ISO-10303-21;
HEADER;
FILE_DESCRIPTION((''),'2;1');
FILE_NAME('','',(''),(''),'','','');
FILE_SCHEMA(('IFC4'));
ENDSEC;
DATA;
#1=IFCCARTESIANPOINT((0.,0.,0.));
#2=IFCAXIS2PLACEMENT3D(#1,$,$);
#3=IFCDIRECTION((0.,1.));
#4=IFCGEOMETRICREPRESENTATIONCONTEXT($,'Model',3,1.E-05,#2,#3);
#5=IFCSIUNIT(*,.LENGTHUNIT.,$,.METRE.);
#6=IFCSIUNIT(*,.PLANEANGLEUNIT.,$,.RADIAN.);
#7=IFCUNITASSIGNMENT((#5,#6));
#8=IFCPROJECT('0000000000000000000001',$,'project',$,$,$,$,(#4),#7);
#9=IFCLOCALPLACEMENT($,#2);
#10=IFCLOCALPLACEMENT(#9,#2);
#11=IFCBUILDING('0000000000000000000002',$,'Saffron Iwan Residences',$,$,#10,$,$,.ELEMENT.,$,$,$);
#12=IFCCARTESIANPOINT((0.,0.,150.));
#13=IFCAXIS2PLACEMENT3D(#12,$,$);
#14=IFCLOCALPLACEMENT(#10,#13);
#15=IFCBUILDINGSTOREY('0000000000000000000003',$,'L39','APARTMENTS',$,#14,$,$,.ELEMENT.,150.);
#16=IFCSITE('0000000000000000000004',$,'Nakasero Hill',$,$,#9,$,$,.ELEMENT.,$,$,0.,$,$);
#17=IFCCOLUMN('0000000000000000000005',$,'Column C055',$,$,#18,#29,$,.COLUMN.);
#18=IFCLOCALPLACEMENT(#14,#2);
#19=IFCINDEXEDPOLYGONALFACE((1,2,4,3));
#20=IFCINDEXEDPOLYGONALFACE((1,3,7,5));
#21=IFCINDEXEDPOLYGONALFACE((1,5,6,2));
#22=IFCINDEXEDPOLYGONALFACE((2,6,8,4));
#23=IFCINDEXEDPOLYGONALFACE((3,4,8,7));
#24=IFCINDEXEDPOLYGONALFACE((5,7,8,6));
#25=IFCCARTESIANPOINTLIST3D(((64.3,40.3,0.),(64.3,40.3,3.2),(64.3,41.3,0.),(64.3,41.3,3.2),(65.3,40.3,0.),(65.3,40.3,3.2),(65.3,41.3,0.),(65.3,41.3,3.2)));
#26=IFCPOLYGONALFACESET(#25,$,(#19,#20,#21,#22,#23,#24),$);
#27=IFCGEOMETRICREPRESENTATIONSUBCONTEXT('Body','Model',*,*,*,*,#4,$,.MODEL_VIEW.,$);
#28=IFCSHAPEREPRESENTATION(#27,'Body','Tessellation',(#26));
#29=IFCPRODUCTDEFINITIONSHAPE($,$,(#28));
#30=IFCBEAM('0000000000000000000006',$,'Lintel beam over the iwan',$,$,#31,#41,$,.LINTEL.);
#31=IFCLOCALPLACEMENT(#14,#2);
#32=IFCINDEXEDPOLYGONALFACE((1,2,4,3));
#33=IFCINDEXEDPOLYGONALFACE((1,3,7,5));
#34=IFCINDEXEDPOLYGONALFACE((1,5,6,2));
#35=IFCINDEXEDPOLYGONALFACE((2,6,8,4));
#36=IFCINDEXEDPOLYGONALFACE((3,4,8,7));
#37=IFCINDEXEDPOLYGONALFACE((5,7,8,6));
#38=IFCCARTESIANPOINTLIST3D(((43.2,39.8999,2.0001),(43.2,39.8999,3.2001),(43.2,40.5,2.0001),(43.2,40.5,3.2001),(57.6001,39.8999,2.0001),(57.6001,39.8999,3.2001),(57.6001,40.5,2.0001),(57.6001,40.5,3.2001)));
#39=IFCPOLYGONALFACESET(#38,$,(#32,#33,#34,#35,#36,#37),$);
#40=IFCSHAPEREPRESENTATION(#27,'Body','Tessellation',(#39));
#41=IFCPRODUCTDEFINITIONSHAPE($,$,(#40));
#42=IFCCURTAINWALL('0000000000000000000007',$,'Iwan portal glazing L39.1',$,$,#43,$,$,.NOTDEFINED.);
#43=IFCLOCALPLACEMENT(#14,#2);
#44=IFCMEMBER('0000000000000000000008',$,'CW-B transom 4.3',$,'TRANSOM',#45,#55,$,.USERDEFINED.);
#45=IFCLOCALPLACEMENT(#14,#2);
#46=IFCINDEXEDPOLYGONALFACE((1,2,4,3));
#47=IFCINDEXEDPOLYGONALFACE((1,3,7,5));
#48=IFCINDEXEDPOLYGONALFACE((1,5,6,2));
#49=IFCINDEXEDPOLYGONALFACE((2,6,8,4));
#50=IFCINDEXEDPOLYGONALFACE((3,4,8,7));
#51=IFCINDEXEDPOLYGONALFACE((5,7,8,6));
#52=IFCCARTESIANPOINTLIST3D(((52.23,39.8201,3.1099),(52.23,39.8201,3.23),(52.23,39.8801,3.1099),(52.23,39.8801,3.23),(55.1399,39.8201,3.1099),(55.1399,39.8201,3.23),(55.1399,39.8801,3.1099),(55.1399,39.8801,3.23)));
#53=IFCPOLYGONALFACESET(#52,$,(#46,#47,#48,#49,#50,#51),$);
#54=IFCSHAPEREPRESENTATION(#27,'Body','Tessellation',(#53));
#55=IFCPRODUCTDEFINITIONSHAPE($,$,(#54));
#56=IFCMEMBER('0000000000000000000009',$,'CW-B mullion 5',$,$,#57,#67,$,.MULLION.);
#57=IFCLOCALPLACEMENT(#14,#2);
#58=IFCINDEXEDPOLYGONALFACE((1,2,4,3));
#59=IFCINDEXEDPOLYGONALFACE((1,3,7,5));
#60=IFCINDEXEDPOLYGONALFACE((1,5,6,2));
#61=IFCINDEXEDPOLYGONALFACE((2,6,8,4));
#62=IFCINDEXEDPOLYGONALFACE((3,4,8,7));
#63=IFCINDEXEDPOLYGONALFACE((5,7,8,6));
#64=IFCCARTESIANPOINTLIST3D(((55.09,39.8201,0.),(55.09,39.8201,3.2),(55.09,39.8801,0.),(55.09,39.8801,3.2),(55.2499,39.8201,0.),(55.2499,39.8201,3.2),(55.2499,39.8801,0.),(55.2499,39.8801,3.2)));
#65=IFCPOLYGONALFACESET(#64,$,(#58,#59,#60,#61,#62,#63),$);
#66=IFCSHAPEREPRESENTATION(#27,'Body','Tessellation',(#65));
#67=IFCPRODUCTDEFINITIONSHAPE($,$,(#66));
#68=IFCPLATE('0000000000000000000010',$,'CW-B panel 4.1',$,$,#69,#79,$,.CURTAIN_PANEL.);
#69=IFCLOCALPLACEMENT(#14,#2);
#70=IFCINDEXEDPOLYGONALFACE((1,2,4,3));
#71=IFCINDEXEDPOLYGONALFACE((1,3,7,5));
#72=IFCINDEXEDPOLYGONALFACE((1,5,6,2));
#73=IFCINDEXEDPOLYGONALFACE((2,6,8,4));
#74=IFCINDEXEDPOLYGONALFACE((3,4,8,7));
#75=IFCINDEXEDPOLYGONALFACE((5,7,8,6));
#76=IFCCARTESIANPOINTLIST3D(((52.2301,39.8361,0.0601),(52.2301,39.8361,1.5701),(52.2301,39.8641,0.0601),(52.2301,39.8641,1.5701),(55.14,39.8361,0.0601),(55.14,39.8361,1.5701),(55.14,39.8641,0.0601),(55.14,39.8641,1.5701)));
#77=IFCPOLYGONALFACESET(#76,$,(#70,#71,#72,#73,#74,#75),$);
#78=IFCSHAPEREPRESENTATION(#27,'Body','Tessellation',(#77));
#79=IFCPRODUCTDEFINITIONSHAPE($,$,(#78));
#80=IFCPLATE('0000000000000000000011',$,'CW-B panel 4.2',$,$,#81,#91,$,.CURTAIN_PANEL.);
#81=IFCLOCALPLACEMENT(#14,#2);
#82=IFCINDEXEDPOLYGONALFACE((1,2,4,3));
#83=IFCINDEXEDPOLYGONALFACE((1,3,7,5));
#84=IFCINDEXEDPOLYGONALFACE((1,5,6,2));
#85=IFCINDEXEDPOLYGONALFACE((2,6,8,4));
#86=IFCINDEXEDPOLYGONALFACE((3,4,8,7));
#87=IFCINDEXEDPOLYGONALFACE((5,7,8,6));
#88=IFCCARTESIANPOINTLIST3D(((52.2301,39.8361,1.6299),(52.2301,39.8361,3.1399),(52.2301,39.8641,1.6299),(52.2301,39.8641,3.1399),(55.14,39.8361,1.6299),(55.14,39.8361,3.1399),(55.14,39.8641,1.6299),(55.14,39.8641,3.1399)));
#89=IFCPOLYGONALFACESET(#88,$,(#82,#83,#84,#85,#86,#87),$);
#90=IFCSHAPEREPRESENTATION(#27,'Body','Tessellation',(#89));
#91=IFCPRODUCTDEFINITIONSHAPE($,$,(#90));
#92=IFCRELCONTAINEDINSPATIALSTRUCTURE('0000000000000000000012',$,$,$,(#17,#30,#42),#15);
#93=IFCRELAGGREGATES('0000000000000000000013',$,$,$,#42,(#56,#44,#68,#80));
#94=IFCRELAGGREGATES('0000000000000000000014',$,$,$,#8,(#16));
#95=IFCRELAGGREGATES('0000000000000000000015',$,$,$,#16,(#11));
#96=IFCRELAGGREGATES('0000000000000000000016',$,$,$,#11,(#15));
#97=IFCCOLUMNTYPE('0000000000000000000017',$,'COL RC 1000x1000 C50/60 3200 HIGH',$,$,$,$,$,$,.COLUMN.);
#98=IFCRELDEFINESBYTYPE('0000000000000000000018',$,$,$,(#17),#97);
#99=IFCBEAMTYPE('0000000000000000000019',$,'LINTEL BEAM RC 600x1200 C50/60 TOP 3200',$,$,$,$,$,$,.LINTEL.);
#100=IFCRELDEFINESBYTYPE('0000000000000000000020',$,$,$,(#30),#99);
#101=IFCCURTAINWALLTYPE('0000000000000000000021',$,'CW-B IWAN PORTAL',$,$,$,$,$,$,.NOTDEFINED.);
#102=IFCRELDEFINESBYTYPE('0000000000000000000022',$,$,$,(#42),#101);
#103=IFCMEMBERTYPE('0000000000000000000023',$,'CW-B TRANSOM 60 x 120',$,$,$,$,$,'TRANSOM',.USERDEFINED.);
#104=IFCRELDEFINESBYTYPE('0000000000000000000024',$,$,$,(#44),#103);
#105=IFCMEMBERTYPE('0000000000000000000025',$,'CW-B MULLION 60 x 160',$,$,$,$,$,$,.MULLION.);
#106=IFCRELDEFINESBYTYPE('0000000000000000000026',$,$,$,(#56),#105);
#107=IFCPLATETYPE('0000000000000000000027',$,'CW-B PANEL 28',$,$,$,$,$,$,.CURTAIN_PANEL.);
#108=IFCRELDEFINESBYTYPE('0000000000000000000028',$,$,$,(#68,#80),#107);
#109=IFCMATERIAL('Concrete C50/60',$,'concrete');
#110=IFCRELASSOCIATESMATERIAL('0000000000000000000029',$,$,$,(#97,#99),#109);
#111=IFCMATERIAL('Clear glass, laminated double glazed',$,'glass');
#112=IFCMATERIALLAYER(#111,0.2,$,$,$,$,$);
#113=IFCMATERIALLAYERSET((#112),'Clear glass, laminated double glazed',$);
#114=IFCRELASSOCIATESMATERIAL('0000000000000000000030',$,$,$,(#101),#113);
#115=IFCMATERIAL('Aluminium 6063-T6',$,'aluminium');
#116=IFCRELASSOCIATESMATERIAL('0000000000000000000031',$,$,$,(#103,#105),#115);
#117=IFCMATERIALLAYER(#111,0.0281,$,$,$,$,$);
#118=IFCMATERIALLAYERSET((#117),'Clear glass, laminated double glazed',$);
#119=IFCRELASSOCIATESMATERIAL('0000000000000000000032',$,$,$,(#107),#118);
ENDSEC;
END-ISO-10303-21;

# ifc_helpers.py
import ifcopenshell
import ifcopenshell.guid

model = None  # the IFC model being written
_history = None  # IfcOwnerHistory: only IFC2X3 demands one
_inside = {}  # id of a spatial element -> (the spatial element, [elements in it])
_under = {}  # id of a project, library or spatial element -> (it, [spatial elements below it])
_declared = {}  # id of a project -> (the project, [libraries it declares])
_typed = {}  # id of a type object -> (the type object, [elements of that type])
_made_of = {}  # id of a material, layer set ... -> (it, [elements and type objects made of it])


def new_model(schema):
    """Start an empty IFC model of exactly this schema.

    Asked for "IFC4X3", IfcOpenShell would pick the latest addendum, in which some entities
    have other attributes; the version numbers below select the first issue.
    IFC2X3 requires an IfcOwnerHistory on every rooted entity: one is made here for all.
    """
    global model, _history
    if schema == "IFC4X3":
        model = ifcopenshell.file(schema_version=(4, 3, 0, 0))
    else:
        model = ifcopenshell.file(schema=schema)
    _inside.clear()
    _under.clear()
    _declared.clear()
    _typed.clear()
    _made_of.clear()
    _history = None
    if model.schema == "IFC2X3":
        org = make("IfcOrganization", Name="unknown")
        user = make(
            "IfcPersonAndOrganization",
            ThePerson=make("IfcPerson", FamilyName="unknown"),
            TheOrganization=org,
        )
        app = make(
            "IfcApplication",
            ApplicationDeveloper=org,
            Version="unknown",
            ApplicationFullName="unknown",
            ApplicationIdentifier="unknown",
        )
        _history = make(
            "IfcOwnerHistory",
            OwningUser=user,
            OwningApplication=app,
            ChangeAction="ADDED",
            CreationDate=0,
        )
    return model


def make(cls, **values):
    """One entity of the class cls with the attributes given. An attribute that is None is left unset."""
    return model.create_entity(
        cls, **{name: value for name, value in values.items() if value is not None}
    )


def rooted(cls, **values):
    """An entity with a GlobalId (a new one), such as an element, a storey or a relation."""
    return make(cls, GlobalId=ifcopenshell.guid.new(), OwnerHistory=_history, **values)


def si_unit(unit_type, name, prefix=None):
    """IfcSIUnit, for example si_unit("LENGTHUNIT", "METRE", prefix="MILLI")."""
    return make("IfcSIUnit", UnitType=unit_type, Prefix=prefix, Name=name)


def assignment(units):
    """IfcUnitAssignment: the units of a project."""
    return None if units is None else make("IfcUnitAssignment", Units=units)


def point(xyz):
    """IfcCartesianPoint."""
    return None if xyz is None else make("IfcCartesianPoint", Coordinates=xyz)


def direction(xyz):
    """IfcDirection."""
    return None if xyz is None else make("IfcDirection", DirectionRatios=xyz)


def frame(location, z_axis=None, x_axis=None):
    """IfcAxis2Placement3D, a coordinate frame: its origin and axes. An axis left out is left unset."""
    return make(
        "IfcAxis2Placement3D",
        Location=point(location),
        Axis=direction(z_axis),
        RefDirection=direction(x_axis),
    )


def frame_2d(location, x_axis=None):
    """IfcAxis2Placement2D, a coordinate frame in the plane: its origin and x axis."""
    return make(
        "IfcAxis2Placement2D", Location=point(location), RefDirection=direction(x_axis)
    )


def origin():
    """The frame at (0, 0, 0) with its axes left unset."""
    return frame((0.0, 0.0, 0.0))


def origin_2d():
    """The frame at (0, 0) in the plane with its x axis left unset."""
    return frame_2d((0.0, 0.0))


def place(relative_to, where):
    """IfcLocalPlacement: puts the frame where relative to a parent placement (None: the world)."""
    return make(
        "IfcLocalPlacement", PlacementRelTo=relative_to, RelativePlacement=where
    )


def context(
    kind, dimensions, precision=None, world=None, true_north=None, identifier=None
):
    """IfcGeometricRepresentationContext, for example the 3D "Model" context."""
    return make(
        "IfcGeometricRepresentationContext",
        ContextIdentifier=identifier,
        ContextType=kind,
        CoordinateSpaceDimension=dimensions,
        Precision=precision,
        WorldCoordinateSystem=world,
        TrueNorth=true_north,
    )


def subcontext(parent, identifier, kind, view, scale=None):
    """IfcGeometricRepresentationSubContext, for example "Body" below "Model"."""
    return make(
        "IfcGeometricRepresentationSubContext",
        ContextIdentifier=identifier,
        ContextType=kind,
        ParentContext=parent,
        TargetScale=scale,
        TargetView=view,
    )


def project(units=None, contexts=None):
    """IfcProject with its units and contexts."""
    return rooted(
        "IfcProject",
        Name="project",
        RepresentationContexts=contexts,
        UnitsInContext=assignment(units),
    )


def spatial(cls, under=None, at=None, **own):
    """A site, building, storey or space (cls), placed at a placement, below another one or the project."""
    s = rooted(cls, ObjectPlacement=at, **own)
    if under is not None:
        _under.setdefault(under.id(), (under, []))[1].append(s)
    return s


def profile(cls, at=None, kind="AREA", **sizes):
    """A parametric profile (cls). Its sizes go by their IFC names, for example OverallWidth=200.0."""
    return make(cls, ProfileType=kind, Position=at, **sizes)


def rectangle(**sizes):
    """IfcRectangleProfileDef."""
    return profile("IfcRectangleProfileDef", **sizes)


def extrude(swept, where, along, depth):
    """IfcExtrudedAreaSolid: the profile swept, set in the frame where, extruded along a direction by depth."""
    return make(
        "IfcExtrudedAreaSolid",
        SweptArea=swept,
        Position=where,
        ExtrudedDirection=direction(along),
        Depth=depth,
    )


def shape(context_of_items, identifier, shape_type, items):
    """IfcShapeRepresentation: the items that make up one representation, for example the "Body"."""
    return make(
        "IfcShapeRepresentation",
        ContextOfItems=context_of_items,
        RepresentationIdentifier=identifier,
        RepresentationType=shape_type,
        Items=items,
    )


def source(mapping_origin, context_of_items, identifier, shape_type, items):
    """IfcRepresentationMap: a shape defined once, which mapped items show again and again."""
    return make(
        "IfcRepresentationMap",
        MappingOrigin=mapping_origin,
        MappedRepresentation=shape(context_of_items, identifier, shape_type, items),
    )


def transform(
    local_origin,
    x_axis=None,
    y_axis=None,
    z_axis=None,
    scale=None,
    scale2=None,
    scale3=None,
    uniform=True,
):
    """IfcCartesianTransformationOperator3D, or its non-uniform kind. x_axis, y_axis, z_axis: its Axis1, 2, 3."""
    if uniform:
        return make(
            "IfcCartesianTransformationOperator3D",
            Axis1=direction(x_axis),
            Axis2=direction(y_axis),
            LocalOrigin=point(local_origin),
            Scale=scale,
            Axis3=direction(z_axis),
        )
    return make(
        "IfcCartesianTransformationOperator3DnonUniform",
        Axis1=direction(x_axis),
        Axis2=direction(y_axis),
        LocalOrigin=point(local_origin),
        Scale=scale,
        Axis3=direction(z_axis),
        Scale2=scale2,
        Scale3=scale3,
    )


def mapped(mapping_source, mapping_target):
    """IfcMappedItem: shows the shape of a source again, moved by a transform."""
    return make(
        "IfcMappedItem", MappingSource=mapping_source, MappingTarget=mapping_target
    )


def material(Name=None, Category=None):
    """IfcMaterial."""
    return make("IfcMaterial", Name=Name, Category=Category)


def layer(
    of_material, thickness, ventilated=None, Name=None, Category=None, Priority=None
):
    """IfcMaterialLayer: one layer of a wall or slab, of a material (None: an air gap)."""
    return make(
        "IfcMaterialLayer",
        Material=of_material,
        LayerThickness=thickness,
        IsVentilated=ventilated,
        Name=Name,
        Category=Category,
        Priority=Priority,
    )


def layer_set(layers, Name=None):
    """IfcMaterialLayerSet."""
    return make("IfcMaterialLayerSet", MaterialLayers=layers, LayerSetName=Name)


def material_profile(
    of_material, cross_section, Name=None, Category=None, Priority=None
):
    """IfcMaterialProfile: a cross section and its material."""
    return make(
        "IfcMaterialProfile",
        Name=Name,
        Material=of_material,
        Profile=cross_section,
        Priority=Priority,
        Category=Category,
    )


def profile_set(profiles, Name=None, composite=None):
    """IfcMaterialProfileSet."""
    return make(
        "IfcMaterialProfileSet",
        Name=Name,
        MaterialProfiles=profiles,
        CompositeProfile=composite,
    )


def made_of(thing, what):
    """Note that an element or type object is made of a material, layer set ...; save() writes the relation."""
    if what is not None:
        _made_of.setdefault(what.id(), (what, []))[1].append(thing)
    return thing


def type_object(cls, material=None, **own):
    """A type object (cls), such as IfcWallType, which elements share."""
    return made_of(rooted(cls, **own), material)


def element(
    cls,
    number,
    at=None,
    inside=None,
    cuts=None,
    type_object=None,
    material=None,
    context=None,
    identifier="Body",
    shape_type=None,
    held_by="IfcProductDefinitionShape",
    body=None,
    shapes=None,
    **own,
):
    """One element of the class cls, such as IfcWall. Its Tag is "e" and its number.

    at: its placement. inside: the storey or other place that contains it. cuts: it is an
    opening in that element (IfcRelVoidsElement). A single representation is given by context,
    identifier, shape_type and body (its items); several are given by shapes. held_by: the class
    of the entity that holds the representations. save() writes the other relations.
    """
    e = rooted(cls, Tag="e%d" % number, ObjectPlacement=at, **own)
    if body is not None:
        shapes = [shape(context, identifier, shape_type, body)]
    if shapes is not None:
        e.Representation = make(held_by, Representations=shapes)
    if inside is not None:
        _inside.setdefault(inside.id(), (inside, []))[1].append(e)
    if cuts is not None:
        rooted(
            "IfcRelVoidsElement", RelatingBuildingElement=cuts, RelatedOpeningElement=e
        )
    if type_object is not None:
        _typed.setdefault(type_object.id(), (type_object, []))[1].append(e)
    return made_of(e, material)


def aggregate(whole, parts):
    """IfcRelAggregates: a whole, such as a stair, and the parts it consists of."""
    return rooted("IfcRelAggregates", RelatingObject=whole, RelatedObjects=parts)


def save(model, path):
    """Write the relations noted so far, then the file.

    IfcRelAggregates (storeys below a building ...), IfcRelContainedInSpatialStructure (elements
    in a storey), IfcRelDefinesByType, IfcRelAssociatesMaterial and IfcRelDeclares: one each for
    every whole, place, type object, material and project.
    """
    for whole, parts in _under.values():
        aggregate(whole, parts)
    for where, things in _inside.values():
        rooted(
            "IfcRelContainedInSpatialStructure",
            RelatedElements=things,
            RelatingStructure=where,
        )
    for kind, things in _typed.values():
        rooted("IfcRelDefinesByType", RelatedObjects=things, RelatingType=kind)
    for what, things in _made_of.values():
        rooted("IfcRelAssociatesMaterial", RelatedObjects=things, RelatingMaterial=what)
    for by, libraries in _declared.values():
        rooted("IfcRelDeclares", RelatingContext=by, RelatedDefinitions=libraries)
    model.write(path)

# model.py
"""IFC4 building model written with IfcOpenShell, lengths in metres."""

from ifc_helpers import new_model, si_unit, direction, frame, origin, origin_2d, place, context, subcontext, project, spatial, rectangle, extrude, source, transform, mapped, material, layer, layer_set, material_profile, profile_set, type_object, element, aggregate, save


model = new_model("IFC4")

# Units and contexts
model_context = context("Model", 3, precision=1e-05, world=origin(), true_north=direction((0.0, 1.0)))
body_context = subcontext(model_context, "Body", "Model", "MODEL_VIEW")
ifc_project = project(units=[si_unit("LENGTHUNIT", "METRE"), si_unit("PLANEANGLEUNIT", "RADIAN")], contexts=[model_context])

# Site, building, storey
site_placement = place(None, origin())
site = spatial("IfcSite", under=ifc_project, at=site_placement, Name="Nakasero Hill", CompositionType="ELEMENT", RefElevation=0.0)
building_placement = place(site_placement, origin())
building = spatial("IfcBuilding", under=site, at=building_placement, Name="Saffron Iwan Residences", CompositionType="ELEMENT")
storey_placement = place(building_placement, frame((0.0, 0.0, 150.0)))
storey = spatial("IfcBuildingStorey", under=building, at=storey_placement, Name="L39", Description="APARTMENTS", CompositionType="ELEMENT", Elevation=150.0)

# Column
ifc_material_1 = material(Name="Concrete C50/60", Category="concrete")
ifc_material_profile_1 = material_profile(ifc_material_1, rectangle(XDim=1.0, YDim=1.0, at=origin_2d()), Name="RC 1000x1000")
ifc_profile_set_1 = profile_set([ifc_material_profile_1], Name="Concrete C50/60")
column_type = type_object("IfcColumnType", Name="COL RC 1000x1000 C50/60 3200 HIGH", PredefinedType="COLUMN", material=ifc_profile_set_1)
shared_shape_1 = source(origin(), body_context, "Body", "SweptSolid", [
    extrude(rectangle(XDim=1.0, YDim=1.0, at=origin_2d()), origin(), (0.0, 0.0, 1.0), 3.2),
])
column_placement = place(storey_placement, frame((64.8, 40.8, 0.0), z_axis=(0.0, 0.0, 1.0), x_axis=(1.0, 0.0, 0.0)))
element("IfcColumn", 1, at=column_placement, inside=storey, type_object=column_type, Name="Column C055", PredefinedType="COLUMN", context=body_context, shape_type="MappedRepresentation", body=[
    mapped(shared_shape_1, transform((0.0, 0.0, 0.0))),
])

# Beam
ifc_material_profile_2 = material_profile(ifc_material_1, rectangle(XDim=0.6001, YDim=1.2, at=origin_2d()), Name="RC 600x1200")
ifc_profile_set_2 = profile_set([ifc_material_profile_2], Name="Concrete C50/60")
beam_type = type_object("IfcBeamType", Name="LINTEL BEAM RC 600x1200 C50/60 TOP 3200", PredefinedType="LINTEL", material=ifc_profile_set_2)
shared_shape_2 = source(origin(), body_context, "Body", "SweptSolid", [
    extrude(rectangle(XDim=0.6001, YDim=1.2, at=origin_2d()), origin(), (0.0, 0.0, 1.0), 14.4001),
])
beam_placement = place(storey_placement, frame((57.6001, 40.2, 2.6001), z_axis=(-1.0, 0.0, 0.0), x_axis=(0.0, -1.0, 0.0)))
element("IfcBeam", 2, at=beam_placement, inside=storey, type_object=beam_type, Name="Lintel beam over the iwan", PredefinedType="LINTEL", context=body_context, shape_type="MappedRepresentation", body=[
    mapped(shared_shape_2, transform((0.0, 0.0, 0.0))),
])

# Curtain wall, members, plates
ifc_material_2 = material(Name="Clear glass, laminated double glazed", Category="glass")
ifc_layer_1 = layer(ifc_material_2, 0.2)
ifc_layer_set_1 = layer_set([ifc_layer_1], Name="Clear glass, laminated double glazed")
curtain_wall_type = type_object("IfcCurtainWallType", Name="CW-B IWAN PORTAL", PredefinedType="NOTDEFINED", material=ifc_layer_set_1)
curtain_wall_placement = place(storey_placement, origin())
curtain_wall = element("IfcCurtainWall", 3, at=curtain_wall_placement, inside=storey, type_object=curtain_wall_type, Name="Iwan portal glazing L39.1", PredefinedType="NOTDEFINED")
ifc_material_3 = material(Name="Aluminium 6063-T6", Category="aluminium")
ifc_material_profile_3 = material_profile(ifc_material_3, rectangle(XDim=0.0601, YDim=0.1201, at=origin_2d()), Name="CW-B TRANSOM 60 x 120")
ifc_profile_set_3 = profile_set([ifc_material_profile_3], Name="Aluminium 6063-T6")
member_type_1 = type_object("IfcMemberType", Name="CW-B TRANSOM 60 x 120", ElementType="TRANSOM", PredefinedType="USERDEFINED", material=ifc_profile_set_3)
shared_shape_3 = source(origin(), body_context, "Body", "SweptSolid", [
    extrude(rectangle(XDim=0.0601, YDim=0.1201, at=origin_2d()), origin(), (0.0, 0.0, 1.0), 2.9099),
])
member_1_placement = place(storey_placement, frame((52.23, 39.8501, 3.1699), z_axis=(1.0, 0.0, 0.0), x_axis=(0.0, 1.0, 0.0)))
member_1 = element("IfcMember", 4, at=member_1_placement, type_object=member_type_1, Name="CW-B transom 4.3", ObjectType="TRANSOM", PredefinedType="USERDEFINED", context=body_context, shape_type="MappedRepresentation", body=[
    mapped(shared_shape_3, transform((0.0, 0.0, 0.0))),
])
ifc_material_profile_4 = material_profile(ifc_material_3, rectangle(XDim=0.0601, YDim=0.1599, at=origin_2d()), Name="CW-B MULLION 60 x 160")
ifc_profile_set_4 = profile_set([ifc_material_profile_4], Name="Aluminium 6063-T6")
member_type_2 = type_object("IfcMemberType", Name="CW-B MULLION 60 x 160", PredefinedType="MULLION", material=ifc_profile_set_4)
shared_shape_4 = source(origin(), body_context, "Body", "SweptSolid", [
    extrude(rectangle(XDim=0.0601, YDim=0.1599, at=origin_2d()), origin(), (0.0, 0.0, 1.0), 3.2),
])
member_2_placement = place(storey_placement, frame((55.1699, 39.8501, 0.0), z_axis=(0.0, 0.0, 1.0), x_axis=(0.0, 1.0, 0.0)))
member_2 = element("IfcMember", 5, at=member_2_placement, type_object=member_type_2, Name="CW-B mullion 5", PredefinedType="MULLION", context=body_context, shape_type="MappedRepresentation", body=[
    mapped(shared_shape_4, transform((0.0, 0.0, 0.0))),
])
ifc_layer_2 = layer(ifc_material_2, 0.0281)
ifc_layer_set_2 = layer_set([ifc_layer_2], Name="Clear glass, laminated double glazed")
plate_type = type_object("IfcPlateType", Name="CW-B PANEL 28", PredefinedType="CURTAIN_PANEL", material=ifc_layer_set_2)
shared_shape_5 = source(origin(), body_context, "Body", "SweptSolid", [
    extrude(rectangle(XDim=2.9099, YDim=0.0281, at=origin_2d()), origin(), (0.0, 0.0, 1.0), 1.51),
])
plate_1_placement = place(storey_placement, frame((53.6851, 39.8501, 0.0601), z_axis=(0.0, 0.0, 1.0), x_axis=(1.0, 0.0, 0.0)))
plate_1 = element("IfcPlate", 6, at=plate_1_placement, type_object=plate_type, Name="CW-B panel 4.1", PredefinedType="CURTAIN_PANEL", context=body_context, shape_type="MappedRepresentation", body=[
    mapped(shared_shape_5, transform((0.0, 0.0, 0.0))),
])
plate_2_placement = place(storey_placement, frame((53.6851, 39.8501, 1.6299), z_axis=(0.0, 0.0, 1.0), x_axis=(1.0, 0.0, 0.0)))
plate_2 = element("IfcPlate", 7, at=plate_2_placement, type_object=plate_type, Name="CW-B panel 4.2", PredefinedType="CURTAIN_PANEL", context=body_context, shape_type="MappedRepresentation", body=[
    mapped(shared_shape_5, transform((0.0, 0.0, 0.0))),
])
aggregate(curtain_wall, [member_2, member_1, plate_1, plate_2])

save(model, "model.ifc")
